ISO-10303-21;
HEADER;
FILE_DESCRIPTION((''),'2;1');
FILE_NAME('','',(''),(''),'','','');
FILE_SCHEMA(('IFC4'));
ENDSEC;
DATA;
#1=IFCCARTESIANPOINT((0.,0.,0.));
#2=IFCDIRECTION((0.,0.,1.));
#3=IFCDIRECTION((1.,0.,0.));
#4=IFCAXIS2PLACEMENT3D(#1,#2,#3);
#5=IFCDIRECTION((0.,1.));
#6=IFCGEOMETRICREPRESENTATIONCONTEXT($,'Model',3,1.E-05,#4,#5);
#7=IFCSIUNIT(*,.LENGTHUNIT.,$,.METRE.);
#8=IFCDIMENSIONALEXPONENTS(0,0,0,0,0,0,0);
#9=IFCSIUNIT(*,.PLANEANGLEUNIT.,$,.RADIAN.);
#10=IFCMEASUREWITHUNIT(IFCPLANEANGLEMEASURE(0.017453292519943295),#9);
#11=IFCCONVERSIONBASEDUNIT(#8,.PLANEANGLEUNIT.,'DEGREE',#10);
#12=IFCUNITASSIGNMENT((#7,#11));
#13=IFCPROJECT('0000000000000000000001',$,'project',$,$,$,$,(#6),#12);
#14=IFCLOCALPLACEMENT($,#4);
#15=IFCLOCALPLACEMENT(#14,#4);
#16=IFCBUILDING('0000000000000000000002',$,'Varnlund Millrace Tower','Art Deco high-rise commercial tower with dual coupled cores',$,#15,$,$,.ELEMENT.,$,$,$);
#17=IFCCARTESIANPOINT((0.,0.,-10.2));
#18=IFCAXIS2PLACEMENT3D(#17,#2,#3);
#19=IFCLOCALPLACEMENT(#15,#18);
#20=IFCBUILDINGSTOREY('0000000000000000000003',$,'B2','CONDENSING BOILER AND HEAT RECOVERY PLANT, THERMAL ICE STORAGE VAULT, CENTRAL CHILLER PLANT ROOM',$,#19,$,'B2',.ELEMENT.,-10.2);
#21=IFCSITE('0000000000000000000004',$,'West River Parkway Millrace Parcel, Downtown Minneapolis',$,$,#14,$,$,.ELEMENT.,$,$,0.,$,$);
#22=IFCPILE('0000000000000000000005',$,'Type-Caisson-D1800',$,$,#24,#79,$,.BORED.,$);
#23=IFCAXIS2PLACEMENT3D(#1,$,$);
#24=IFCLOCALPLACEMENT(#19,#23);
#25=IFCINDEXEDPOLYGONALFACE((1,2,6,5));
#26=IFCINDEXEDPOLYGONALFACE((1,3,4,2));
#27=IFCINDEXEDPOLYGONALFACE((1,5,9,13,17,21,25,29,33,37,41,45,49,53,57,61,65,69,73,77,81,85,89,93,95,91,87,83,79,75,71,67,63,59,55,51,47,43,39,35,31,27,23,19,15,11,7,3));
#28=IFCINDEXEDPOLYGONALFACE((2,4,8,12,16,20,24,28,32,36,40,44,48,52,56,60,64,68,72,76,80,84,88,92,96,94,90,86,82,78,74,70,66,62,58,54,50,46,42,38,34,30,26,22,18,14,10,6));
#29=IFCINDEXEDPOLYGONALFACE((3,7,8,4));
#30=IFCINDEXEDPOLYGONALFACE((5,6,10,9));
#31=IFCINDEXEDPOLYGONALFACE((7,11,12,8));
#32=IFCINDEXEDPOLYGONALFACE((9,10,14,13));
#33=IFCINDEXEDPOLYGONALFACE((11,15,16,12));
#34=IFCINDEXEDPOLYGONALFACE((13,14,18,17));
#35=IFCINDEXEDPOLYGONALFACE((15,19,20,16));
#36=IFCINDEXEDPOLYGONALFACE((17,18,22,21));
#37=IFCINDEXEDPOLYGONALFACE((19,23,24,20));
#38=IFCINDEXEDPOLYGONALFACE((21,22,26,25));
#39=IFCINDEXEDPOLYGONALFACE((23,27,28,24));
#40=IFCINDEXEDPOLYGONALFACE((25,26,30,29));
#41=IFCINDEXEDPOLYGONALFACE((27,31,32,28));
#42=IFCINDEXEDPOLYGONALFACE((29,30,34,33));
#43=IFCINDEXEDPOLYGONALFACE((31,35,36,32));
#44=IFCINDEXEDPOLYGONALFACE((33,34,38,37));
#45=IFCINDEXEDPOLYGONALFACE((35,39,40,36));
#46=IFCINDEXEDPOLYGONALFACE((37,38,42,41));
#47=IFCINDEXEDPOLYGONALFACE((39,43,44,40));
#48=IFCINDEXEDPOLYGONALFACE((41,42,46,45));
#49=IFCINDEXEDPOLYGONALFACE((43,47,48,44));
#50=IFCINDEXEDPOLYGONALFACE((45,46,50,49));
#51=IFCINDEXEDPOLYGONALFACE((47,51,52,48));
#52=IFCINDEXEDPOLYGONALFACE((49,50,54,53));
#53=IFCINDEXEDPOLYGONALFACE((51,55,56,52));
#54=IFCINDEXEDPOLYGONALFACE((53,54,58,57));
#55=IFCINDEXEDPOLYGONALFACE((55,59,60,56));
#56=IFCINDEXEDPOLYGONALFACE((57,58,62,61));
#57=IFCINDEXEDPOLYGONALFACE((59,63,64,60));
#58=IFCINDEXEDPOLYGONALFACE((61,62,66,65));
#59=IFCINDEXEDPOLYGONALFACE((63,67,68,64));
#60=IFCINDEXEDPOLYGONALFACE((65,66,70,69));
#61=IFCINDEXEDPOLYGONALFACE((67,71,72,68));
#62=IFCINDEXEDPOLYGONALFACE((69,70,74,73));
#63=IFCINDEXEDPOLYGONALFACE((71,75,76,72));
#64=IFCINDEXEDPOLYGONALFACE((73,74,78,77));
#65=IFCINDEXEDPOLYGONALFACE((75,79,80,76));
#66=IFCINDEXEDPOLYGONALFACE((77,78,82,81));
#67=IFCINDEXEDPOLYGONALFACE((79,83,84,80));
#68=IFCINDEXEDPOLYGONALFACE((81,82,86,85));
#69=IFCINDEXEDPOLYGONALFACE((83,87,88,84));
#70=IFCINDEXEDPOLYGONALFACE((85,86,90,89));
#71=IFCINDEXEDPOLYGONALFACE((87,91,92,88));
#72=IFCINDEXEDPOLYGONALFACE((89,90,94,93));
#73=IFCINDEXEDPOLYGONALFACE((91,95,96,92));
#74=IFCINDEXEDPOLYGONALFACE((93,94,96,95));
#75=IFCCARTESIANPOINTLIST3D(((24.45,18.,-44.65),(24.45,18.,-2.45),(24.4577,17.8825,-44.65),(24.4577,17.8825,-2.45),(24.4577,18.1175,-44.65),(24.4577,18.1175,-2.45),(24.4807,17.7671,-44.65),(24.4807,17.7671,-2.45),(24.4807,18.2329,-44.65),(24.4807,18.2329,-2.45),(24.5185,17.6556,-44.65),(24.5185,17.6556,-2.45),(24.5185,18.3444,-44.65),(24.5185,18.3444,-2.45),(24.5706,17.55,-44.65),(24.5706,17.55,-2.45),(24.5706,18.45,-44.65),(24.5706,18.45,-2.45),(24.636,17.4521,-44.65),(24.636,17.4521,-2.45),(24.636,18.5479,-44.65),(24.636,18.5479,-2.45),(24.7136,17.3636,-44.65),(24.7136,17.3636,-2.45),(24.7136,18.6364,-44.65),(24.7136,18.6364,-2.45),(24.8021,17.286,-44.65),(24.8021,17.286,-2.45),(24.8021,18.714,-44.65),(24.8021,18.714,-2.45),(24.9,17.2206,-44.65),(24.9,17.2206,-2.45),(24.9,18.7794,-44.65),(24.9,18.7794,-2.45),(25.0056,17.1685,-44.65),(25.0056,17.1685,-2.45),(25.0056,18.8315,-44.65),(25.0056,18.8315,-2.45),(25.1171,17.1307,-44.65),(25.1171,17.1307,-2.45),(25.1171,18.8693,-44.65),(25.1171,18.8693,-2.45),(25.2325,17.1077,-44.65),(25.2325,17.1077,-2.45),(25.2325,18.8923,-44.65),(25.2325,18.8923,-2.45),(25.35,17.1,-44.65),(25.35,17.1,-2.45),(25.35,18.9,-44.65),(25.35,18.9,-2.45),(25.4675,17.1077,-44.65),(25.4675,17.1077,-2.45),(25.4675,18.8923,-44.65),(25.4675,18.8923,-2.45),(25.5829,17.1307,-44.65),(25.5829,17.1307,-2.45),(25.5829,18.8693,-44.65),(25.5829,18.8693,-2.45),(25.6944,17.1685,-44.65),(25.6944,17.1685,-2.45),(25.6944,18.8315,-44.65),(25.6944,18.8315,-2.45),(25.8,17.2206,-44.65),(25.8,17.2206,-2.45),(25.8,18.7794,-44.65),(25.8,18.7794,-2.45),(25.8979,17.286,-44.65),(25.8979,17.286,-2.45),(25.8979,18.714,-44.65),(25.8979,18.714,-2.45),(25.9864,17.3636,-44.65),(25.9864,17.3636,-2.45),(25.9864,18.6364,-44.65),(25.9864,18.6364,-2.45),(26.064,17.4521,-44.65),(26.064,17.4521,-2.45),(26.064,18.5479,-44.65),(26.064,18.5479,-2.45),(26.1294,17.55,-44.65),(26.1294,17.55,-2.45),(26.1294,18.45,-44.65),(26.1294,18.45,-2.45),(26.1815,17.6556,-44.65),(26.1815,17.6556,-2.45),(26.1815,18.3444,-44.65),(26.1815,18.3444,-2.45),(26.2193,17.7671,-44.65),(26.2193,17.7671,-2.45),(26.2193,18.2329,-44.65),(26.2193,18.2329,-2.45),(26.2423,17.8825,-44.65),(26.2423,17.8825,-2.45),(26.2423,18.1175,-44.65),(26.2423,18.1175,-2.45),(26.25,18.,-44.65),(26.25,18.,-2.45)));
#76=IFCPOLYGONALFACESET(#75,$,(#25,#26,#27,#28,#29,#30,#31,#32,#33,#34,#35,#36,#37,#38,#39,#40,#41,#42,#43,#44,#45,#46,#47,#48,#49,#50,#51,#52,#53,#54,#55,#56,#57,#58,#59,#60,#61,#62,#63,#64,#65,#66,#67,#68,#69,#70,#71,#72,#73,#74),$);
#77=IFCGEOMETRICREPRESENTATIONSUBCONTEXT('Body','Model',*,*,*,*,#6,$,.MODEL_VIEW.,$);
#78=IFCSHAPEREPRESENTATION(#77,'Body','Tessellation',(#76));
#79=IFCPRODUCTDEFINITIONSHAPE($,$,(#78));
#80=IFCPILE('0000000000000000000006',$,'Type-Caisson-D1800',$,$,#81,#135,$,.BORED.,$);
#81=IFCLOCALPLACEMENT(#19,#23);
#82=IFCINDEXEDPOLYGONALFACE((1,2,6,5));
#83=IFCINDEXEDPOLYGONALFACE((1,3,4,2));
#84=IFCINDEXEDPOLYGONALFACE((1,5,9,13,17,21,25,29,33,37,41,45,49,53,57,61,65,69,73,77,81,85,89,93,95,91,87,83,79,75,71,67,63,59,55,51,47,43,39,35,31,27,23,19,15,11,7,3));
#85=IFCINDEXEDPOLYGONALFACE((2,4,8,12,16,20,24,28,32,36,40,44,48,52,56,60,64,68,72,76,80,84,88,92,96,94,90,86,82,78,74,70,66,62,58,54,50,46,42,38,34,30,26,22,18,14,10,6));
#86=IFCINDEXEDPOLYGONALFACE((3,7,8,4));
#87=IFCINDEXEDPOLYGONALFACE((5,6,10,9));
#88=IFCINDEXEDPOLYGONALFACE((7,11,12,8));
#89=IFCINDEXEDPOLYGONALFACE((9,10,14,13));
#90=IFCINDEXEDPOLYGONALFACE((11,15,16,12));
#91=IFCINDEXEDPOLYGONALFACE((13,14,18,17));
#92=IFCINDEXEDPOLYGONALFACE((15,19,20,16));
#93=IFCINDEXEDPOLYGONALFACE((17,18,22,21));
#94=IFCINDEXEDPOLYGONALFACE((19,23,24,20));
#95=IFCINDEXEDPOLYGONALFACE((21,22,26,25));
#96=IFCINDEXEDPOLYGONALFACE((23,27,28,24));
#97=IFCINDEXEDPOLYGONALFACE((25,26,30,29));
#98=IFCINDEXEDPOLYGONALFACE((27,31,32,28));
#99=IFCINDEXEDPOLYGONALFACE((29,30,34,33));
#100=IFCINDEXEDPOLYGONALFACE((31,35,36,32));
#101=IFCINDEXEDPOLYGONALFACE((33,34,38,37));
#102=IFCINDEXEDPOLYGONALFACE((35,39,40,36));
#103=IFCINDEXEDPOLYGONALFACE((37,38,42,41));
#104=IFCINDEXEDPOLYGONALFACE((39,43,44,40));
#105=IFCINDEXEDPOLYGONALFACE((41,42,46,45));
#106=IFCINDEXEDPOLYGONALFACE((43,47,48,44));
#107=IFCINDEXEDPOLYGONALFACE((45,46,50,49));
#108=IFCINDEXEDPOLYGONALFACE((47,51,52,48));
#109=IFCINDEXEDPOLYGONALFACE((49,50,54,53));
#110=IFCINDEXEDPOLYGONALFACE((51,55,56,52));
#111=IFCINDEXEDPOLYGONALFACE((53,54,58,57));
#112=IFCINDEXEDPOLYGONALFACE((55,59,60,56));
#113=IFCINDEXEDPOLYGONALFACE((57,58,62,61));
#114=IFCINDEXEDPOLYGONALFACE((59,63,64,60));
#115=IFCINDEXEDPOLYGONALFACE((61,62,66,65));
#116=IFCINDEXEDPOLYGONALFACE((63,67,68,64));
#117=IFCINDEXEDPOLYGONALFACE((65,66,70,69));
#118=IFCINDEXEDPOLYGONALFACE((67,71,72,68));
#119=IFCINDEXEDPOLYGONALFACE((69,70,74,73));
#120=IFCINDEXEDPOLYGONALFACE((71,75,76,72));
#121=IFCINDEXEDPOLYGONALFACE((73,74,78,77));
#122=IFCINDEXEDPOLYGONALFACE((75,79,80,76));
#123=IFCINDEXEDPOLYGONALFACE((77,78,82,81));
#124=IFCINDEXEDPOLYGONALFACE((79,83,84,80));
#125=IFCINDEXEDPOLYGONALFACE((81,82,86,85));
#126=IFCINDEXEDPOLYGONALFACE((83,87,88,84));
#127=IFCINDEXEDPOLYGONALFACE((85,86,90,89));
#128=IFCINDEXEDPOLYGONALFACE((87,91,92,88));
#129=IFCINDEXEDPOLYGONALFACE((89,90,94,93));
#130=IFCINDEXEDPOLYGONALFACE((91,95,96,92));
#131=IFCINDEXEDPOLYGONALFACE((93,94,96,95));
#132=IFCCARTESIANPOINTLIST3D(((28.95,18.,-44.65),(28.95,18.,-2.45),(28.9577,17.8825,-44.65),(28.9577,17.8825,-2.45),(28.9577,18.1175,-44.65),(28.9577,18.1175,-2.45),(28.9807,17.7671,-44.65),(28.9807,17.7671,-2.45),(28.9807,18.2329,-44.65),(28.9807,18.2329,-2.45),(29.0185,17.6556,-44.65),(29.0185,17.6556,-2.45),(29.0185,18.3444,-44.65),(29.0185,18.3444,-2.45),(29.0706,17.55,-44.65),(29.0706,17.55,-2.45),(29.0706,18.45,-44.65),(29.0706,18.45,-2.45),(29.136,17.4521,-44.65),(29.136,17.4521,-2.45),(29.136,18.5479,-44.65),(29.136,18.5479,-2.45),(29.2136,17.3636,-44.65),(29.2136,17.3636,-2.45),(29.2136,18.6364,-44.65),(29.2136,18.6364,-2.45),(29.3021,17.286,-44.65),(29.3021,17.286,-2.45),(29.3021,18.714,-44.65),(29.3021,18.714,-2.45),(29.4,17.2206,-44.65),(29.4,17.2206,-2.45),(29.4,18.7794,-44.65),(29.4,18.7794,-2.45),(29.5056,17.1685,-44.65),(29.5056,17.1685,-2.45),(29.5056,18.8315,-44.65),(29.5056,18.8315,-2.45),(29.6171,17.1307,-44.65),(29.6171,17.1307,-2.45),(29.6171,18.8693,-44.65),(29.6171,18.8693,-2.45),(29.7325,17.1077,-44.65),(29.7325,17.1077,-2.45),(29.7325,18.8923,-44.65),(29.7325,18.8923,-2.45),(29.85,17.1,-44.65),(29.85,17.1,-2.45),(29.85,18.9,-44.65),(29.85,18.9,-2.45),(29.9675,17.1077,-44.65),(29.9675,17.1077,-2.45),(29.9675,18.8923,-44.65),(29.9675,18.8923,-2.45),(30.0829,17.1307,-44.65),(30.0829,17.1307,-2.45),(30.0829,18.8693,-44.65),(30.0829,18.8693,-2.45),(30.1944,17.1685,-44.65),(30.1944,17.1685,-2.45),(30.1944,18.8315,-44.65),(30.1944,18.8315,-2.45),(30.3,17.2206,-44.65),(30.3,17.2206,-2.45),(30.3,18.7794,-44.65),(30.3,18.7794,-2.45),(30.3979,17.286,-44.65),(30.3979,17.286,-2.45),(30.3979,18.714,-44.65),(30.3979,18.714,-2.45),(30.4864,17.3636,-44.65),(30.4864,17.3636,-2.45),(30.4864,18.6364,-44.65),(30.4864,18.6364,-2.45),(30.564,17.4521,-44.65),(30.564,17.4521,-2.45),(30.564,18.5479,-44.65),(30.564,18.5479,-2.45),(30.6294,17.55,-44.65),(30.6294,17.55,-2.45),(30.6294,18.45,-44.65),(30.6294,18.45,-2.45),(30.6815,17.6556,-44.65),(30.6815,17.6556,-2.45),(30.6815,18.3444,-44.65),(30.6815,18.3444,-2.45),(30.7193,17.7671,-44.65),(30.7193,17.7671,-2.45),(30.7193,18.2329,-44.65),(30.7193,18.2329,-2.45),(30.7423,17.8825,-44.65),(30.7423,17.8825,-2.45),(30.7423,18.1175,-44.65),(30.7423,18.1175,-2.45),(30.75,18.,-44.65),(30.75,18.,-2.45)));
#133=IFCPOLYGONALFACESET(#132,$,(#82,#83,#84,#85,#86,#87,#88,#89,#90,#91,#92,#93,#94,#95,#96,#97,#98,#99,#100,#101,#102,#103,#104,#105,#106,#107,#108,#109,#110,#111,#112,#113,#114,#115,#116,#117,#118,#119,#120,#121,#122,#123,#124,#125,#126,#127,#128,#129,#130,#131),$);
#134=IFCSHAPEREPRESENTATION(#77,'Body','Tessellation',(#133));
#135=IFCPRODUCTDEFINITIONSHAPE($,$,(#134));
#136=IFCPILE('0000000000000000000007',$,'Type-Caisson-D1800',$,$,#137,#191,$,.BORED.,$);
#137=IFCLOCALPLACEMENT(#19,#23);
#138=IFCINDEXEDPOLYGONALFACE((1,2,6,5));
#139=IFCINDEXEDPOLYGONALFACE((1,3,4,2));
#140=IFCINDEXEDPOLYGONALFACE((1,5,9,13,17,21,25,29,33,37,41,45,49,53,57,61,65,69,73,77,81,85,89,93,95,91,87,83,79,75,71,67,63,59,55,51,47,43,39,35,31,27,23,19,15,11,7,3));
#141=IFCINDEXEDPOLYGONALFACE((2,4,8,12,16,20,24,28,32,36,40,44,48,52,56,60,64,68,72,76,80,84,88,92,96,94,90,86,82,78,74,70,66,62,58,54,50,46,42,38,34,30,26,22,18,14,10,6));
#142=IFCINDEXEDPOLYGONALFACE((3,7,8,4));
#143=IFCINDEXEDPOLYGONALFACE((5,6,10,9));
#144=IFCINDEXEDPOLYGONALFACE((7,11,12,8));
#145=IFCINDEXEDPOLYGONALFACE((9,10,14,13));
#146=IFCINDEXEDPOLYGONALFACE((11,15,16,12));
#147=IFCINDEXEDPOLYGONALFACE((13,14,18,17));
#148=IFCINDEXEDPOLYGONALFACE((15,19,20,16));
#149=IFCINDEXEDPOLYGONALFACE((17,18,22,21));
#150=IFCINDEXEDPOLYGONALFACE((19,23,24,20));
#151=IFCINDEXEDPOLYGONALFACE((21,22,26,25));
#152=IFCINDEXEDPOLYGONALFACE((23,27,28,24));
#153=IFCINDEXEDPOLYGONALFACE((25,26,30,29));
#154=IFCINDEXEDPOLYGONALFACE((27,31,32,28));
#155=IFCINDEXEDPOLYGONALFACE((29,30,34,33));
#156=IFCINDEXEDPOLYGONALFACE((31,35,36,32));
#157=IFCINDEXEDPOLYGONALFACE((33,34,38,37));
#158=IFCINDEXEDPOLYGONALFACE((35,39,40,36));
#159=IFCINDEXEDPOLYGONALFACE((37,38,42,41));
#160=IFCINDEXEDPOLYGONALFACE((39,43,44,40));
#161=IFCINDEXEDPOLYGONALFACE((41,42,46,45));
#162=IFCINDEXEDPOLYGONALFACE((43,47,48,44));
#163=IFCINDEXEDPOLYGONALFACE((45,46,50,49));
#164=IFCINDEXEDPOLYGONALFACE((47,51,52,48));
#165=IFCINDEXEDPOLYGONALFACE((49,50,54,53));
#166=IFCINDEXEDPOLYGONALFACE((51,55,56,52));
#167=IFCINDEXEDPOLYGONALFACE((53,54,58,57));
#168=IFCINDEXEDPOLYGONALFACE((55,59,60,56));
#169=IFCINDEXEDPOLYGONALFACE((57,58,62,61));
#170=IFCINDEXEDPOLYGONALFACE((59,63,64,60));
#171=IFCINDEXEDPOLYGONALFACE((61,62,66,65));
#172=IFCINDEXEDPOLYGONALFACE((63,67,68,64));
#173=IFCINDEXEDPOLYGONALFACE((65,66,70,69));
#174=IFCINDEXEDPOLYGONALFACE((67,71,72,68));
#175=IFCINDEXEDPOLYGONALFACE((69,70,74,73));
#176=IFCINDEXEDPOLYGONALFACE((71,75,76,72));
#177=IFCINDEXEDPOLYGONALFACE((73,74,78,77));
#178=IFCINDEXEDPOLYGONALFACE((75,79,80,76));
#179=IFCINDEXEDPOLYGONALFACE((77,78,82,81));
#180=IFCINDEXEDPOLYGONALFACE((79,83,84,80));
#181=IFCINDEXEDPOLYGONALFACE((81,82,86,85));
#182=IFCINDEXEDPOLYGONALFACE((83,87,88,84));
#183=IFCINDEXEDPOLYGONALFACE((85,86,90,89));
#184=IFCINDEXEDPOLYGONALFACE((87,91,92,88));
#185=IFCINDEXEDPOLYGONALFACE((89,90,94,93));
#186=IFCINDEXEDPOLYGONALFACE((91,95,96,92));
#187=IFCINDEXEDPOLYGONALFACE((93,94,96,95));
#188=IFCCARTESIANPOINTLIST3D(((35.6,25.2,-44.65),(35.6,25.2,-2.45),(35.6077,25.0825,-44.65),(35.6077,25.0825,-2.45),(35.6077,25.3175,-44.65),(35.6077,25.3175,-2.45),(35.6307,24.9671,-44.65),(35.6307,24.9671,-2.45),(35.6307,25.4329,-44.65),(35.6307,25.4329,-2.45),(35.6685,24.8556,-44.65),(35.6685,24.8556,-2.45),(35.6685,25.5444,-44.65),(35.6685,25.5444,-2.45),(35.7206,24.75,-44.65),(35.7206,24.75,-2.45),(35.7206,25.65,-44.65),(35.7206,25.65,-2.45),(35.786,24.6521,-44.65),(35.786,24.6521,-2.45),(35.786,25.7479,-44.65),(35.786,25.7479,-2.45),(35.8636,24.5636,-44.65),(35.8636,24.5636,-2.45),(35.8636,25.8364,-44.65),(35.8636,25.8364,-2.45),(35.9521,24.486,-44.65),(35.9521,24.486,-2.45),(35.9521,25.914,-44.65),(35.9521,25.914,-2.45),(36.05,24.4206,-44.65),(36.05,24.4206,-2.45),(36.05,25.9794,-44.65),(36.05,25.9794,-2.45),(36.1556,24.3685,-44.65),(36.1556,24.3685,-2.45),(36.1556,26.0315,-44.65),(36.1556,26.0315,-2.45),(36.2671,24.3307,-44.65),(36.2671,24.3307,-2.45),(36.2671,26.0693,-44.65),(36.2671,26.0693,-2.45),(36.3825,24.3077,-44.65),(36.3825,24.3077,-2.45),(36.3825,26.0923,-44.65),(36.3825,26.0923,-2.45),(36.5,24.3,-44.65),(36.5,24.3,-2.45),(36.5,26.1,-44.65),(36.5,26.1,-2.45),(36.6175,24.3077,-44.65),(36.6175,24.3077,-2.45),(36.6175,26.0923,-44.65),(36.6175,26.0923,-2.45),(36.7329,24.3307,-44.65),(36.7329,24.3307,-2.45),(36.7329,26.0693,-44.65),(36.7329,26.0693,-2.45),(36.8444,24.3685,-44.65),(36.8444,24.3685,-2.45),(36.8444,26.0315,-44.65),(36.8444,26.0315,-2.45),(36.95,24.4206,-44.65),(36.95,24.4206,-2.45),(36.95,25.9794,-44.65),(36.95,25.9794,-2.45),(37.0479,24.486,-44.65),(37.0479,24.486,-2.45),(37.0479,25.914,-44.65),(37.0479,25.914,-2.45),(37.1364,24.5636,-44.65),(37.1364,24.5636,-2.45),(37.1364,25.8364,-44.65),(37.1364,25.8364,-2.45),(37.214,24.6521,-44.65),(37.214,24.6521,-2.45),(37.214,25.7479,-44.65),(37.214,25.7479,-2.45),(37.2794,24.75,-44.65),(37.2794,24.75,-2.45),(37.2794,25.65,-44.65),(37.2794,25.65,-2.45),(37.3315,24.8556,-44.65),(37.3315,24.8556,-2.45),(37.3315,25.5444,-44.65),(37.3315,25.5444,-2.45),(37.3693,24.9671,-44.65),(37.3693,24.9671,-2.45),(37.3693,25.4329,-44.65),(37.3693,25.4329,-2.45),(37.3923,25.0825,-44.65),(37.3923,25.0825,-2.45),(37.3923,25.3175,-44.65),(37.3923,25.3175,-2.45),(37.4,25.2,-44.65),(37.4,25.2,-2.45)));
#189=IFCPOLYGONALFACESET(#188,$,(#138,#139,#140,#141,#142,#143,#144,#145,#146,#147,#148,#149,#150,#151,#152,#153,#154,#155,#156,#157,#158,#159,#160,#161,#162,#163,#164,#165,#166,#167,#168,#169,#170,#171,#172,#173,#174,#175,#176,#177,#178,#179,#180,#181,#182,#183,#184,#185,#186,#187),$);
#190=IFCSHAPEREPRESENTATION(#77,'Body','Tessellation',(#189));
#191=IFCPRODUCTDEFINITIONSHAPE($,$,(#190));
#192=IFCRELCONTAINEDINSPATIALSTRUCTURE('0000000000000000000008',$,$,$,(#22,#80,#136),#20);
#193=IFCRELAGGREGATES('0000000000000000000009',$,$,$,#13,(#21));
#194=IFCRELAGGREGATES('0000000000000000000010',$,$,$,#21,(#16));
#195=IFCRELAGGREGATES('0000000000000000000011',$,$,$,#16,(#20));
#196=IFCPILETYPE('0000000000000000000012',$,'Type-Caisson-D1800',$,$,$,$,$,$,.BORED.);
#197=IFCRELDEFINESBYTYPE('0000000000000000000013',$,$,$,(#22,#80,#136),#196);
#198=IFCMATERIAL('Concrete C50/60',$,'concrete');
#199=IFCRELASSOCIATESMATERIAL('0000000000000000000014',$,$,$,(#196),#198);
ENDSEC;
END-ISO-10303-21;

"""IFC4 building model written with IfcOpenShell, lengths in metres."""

from ifc_helpers import new_model, entity, si_unit, converted_unit, direction, frame, origin_with_axes, origin_2d_with_axis, place, context, subcontext, project, spatial, circle, extrude, material, material_profile, profile_set, type_object, element, save


model = new_model("IFC4")

# Units and contexts
model_context = context("Model", 3, precision=1e-05, world=origin_with_axes(), true_north=direction((0.0, 1.0)))
body_context = subcontext(model_context, "Body", "Model", "MODEL_VIEW")
ifc_project = project(units=[si_unit("LENGTHUNIT", "METRE"), converted_unit("PLANEANGLEUNIT", "DEGREE", entity("IfcPlaneAngleMeasure", 0.017453292519943295), si_unit("PLANEANGLEUNIT", "RADIAN"), dimensions=[0, 0, 0, 0, 0, 0, 0])], contexts=[model_context])

# Site, building, storey
site_placement = place(None, origin_with_axes())
site = spatial("IfcSite", under=ifc_project, at=site_placement, Name="West River Parkway Millrace Parcel, Downtown Minneapolis", CompositionType="ELEMENT", RefElevation=0.0)
building_placement = place(site_placement, origin_with_axes())
building = spatial("IfcBuilding", under=site, at=building_placement, Name="Varnlund Millrace Tower", Description="Art Deco high-rise commercial tower with dual coupled cores", CompositionType="ELEMENT")
storey_placement = place(building_placement, frame((0.0, 0.0, -10.2), z_axis=(0.0, 0.0, 1.0), x_axis=(1.0, 0.0, 0.0)))
storey = spatial("IfcBuildingStorey", under=building, at=storey_placement, Name="B2", Description="CONDENSING BOILER AND HEAT RECOVERY PLANT, THERMAL ICE STORAGE VAULT, CENTRAL CHILLER PLANT ROOM", LongName="B2", CompositionType="ELEMENT", Elevation=-10.2)

# Piles
ifc_material = material(Name="Concrete C50/60", Category="concrete")
ifc_material_profile_1 = material_profile(ifc_material, circle(Radius=0.9, at=origin_2d_with_axis()), Name="Concrete C50/60")
ifc_profile_set_1 = profile_set([ifc_material_profile_1], Name="Concrete C50/60")
pile_type_1 = type_object("IfcPileType", Name="Type-Caisson-D1800", PredefinedType="BORED", material=ifc_profile_set_1)
for number, where, z_axis, x_axis, name in (
    (1, (25.35, 18.0, -44.65), (0.0, 0.0, 1.0), (1.0, 0.0, 0.0), "Type-Caisson-D1800"),
    (2, (29.85, 18.0, -44.65), (0.0, 0.0, 1.0), (1.0, 0.0, 0.0), "Type-Caisson-D1800"),
    (3, (36.5, 25.2, -44.65), (0.0, 0.0, 1.0), (1.0, 0.0, 0.0), "Type-Caisson-D1800"),
):
    element("IfcPile", number, at=place(storey_placement, frame(where, z_axis=z_axis, x_axis=x_axis)), inside=storey, type_object=pile_type_1, Name=name, PredefinedType="BORED", context=body_context, shape_type="SweptSolid", body=[
        extrude(circle(Radius=0.9, at=origin_2d_with_axis()), origin_with_axes(), (0.0, 0.0, 1.0), 42.2),
    ])

save(model, "model.ifc")
